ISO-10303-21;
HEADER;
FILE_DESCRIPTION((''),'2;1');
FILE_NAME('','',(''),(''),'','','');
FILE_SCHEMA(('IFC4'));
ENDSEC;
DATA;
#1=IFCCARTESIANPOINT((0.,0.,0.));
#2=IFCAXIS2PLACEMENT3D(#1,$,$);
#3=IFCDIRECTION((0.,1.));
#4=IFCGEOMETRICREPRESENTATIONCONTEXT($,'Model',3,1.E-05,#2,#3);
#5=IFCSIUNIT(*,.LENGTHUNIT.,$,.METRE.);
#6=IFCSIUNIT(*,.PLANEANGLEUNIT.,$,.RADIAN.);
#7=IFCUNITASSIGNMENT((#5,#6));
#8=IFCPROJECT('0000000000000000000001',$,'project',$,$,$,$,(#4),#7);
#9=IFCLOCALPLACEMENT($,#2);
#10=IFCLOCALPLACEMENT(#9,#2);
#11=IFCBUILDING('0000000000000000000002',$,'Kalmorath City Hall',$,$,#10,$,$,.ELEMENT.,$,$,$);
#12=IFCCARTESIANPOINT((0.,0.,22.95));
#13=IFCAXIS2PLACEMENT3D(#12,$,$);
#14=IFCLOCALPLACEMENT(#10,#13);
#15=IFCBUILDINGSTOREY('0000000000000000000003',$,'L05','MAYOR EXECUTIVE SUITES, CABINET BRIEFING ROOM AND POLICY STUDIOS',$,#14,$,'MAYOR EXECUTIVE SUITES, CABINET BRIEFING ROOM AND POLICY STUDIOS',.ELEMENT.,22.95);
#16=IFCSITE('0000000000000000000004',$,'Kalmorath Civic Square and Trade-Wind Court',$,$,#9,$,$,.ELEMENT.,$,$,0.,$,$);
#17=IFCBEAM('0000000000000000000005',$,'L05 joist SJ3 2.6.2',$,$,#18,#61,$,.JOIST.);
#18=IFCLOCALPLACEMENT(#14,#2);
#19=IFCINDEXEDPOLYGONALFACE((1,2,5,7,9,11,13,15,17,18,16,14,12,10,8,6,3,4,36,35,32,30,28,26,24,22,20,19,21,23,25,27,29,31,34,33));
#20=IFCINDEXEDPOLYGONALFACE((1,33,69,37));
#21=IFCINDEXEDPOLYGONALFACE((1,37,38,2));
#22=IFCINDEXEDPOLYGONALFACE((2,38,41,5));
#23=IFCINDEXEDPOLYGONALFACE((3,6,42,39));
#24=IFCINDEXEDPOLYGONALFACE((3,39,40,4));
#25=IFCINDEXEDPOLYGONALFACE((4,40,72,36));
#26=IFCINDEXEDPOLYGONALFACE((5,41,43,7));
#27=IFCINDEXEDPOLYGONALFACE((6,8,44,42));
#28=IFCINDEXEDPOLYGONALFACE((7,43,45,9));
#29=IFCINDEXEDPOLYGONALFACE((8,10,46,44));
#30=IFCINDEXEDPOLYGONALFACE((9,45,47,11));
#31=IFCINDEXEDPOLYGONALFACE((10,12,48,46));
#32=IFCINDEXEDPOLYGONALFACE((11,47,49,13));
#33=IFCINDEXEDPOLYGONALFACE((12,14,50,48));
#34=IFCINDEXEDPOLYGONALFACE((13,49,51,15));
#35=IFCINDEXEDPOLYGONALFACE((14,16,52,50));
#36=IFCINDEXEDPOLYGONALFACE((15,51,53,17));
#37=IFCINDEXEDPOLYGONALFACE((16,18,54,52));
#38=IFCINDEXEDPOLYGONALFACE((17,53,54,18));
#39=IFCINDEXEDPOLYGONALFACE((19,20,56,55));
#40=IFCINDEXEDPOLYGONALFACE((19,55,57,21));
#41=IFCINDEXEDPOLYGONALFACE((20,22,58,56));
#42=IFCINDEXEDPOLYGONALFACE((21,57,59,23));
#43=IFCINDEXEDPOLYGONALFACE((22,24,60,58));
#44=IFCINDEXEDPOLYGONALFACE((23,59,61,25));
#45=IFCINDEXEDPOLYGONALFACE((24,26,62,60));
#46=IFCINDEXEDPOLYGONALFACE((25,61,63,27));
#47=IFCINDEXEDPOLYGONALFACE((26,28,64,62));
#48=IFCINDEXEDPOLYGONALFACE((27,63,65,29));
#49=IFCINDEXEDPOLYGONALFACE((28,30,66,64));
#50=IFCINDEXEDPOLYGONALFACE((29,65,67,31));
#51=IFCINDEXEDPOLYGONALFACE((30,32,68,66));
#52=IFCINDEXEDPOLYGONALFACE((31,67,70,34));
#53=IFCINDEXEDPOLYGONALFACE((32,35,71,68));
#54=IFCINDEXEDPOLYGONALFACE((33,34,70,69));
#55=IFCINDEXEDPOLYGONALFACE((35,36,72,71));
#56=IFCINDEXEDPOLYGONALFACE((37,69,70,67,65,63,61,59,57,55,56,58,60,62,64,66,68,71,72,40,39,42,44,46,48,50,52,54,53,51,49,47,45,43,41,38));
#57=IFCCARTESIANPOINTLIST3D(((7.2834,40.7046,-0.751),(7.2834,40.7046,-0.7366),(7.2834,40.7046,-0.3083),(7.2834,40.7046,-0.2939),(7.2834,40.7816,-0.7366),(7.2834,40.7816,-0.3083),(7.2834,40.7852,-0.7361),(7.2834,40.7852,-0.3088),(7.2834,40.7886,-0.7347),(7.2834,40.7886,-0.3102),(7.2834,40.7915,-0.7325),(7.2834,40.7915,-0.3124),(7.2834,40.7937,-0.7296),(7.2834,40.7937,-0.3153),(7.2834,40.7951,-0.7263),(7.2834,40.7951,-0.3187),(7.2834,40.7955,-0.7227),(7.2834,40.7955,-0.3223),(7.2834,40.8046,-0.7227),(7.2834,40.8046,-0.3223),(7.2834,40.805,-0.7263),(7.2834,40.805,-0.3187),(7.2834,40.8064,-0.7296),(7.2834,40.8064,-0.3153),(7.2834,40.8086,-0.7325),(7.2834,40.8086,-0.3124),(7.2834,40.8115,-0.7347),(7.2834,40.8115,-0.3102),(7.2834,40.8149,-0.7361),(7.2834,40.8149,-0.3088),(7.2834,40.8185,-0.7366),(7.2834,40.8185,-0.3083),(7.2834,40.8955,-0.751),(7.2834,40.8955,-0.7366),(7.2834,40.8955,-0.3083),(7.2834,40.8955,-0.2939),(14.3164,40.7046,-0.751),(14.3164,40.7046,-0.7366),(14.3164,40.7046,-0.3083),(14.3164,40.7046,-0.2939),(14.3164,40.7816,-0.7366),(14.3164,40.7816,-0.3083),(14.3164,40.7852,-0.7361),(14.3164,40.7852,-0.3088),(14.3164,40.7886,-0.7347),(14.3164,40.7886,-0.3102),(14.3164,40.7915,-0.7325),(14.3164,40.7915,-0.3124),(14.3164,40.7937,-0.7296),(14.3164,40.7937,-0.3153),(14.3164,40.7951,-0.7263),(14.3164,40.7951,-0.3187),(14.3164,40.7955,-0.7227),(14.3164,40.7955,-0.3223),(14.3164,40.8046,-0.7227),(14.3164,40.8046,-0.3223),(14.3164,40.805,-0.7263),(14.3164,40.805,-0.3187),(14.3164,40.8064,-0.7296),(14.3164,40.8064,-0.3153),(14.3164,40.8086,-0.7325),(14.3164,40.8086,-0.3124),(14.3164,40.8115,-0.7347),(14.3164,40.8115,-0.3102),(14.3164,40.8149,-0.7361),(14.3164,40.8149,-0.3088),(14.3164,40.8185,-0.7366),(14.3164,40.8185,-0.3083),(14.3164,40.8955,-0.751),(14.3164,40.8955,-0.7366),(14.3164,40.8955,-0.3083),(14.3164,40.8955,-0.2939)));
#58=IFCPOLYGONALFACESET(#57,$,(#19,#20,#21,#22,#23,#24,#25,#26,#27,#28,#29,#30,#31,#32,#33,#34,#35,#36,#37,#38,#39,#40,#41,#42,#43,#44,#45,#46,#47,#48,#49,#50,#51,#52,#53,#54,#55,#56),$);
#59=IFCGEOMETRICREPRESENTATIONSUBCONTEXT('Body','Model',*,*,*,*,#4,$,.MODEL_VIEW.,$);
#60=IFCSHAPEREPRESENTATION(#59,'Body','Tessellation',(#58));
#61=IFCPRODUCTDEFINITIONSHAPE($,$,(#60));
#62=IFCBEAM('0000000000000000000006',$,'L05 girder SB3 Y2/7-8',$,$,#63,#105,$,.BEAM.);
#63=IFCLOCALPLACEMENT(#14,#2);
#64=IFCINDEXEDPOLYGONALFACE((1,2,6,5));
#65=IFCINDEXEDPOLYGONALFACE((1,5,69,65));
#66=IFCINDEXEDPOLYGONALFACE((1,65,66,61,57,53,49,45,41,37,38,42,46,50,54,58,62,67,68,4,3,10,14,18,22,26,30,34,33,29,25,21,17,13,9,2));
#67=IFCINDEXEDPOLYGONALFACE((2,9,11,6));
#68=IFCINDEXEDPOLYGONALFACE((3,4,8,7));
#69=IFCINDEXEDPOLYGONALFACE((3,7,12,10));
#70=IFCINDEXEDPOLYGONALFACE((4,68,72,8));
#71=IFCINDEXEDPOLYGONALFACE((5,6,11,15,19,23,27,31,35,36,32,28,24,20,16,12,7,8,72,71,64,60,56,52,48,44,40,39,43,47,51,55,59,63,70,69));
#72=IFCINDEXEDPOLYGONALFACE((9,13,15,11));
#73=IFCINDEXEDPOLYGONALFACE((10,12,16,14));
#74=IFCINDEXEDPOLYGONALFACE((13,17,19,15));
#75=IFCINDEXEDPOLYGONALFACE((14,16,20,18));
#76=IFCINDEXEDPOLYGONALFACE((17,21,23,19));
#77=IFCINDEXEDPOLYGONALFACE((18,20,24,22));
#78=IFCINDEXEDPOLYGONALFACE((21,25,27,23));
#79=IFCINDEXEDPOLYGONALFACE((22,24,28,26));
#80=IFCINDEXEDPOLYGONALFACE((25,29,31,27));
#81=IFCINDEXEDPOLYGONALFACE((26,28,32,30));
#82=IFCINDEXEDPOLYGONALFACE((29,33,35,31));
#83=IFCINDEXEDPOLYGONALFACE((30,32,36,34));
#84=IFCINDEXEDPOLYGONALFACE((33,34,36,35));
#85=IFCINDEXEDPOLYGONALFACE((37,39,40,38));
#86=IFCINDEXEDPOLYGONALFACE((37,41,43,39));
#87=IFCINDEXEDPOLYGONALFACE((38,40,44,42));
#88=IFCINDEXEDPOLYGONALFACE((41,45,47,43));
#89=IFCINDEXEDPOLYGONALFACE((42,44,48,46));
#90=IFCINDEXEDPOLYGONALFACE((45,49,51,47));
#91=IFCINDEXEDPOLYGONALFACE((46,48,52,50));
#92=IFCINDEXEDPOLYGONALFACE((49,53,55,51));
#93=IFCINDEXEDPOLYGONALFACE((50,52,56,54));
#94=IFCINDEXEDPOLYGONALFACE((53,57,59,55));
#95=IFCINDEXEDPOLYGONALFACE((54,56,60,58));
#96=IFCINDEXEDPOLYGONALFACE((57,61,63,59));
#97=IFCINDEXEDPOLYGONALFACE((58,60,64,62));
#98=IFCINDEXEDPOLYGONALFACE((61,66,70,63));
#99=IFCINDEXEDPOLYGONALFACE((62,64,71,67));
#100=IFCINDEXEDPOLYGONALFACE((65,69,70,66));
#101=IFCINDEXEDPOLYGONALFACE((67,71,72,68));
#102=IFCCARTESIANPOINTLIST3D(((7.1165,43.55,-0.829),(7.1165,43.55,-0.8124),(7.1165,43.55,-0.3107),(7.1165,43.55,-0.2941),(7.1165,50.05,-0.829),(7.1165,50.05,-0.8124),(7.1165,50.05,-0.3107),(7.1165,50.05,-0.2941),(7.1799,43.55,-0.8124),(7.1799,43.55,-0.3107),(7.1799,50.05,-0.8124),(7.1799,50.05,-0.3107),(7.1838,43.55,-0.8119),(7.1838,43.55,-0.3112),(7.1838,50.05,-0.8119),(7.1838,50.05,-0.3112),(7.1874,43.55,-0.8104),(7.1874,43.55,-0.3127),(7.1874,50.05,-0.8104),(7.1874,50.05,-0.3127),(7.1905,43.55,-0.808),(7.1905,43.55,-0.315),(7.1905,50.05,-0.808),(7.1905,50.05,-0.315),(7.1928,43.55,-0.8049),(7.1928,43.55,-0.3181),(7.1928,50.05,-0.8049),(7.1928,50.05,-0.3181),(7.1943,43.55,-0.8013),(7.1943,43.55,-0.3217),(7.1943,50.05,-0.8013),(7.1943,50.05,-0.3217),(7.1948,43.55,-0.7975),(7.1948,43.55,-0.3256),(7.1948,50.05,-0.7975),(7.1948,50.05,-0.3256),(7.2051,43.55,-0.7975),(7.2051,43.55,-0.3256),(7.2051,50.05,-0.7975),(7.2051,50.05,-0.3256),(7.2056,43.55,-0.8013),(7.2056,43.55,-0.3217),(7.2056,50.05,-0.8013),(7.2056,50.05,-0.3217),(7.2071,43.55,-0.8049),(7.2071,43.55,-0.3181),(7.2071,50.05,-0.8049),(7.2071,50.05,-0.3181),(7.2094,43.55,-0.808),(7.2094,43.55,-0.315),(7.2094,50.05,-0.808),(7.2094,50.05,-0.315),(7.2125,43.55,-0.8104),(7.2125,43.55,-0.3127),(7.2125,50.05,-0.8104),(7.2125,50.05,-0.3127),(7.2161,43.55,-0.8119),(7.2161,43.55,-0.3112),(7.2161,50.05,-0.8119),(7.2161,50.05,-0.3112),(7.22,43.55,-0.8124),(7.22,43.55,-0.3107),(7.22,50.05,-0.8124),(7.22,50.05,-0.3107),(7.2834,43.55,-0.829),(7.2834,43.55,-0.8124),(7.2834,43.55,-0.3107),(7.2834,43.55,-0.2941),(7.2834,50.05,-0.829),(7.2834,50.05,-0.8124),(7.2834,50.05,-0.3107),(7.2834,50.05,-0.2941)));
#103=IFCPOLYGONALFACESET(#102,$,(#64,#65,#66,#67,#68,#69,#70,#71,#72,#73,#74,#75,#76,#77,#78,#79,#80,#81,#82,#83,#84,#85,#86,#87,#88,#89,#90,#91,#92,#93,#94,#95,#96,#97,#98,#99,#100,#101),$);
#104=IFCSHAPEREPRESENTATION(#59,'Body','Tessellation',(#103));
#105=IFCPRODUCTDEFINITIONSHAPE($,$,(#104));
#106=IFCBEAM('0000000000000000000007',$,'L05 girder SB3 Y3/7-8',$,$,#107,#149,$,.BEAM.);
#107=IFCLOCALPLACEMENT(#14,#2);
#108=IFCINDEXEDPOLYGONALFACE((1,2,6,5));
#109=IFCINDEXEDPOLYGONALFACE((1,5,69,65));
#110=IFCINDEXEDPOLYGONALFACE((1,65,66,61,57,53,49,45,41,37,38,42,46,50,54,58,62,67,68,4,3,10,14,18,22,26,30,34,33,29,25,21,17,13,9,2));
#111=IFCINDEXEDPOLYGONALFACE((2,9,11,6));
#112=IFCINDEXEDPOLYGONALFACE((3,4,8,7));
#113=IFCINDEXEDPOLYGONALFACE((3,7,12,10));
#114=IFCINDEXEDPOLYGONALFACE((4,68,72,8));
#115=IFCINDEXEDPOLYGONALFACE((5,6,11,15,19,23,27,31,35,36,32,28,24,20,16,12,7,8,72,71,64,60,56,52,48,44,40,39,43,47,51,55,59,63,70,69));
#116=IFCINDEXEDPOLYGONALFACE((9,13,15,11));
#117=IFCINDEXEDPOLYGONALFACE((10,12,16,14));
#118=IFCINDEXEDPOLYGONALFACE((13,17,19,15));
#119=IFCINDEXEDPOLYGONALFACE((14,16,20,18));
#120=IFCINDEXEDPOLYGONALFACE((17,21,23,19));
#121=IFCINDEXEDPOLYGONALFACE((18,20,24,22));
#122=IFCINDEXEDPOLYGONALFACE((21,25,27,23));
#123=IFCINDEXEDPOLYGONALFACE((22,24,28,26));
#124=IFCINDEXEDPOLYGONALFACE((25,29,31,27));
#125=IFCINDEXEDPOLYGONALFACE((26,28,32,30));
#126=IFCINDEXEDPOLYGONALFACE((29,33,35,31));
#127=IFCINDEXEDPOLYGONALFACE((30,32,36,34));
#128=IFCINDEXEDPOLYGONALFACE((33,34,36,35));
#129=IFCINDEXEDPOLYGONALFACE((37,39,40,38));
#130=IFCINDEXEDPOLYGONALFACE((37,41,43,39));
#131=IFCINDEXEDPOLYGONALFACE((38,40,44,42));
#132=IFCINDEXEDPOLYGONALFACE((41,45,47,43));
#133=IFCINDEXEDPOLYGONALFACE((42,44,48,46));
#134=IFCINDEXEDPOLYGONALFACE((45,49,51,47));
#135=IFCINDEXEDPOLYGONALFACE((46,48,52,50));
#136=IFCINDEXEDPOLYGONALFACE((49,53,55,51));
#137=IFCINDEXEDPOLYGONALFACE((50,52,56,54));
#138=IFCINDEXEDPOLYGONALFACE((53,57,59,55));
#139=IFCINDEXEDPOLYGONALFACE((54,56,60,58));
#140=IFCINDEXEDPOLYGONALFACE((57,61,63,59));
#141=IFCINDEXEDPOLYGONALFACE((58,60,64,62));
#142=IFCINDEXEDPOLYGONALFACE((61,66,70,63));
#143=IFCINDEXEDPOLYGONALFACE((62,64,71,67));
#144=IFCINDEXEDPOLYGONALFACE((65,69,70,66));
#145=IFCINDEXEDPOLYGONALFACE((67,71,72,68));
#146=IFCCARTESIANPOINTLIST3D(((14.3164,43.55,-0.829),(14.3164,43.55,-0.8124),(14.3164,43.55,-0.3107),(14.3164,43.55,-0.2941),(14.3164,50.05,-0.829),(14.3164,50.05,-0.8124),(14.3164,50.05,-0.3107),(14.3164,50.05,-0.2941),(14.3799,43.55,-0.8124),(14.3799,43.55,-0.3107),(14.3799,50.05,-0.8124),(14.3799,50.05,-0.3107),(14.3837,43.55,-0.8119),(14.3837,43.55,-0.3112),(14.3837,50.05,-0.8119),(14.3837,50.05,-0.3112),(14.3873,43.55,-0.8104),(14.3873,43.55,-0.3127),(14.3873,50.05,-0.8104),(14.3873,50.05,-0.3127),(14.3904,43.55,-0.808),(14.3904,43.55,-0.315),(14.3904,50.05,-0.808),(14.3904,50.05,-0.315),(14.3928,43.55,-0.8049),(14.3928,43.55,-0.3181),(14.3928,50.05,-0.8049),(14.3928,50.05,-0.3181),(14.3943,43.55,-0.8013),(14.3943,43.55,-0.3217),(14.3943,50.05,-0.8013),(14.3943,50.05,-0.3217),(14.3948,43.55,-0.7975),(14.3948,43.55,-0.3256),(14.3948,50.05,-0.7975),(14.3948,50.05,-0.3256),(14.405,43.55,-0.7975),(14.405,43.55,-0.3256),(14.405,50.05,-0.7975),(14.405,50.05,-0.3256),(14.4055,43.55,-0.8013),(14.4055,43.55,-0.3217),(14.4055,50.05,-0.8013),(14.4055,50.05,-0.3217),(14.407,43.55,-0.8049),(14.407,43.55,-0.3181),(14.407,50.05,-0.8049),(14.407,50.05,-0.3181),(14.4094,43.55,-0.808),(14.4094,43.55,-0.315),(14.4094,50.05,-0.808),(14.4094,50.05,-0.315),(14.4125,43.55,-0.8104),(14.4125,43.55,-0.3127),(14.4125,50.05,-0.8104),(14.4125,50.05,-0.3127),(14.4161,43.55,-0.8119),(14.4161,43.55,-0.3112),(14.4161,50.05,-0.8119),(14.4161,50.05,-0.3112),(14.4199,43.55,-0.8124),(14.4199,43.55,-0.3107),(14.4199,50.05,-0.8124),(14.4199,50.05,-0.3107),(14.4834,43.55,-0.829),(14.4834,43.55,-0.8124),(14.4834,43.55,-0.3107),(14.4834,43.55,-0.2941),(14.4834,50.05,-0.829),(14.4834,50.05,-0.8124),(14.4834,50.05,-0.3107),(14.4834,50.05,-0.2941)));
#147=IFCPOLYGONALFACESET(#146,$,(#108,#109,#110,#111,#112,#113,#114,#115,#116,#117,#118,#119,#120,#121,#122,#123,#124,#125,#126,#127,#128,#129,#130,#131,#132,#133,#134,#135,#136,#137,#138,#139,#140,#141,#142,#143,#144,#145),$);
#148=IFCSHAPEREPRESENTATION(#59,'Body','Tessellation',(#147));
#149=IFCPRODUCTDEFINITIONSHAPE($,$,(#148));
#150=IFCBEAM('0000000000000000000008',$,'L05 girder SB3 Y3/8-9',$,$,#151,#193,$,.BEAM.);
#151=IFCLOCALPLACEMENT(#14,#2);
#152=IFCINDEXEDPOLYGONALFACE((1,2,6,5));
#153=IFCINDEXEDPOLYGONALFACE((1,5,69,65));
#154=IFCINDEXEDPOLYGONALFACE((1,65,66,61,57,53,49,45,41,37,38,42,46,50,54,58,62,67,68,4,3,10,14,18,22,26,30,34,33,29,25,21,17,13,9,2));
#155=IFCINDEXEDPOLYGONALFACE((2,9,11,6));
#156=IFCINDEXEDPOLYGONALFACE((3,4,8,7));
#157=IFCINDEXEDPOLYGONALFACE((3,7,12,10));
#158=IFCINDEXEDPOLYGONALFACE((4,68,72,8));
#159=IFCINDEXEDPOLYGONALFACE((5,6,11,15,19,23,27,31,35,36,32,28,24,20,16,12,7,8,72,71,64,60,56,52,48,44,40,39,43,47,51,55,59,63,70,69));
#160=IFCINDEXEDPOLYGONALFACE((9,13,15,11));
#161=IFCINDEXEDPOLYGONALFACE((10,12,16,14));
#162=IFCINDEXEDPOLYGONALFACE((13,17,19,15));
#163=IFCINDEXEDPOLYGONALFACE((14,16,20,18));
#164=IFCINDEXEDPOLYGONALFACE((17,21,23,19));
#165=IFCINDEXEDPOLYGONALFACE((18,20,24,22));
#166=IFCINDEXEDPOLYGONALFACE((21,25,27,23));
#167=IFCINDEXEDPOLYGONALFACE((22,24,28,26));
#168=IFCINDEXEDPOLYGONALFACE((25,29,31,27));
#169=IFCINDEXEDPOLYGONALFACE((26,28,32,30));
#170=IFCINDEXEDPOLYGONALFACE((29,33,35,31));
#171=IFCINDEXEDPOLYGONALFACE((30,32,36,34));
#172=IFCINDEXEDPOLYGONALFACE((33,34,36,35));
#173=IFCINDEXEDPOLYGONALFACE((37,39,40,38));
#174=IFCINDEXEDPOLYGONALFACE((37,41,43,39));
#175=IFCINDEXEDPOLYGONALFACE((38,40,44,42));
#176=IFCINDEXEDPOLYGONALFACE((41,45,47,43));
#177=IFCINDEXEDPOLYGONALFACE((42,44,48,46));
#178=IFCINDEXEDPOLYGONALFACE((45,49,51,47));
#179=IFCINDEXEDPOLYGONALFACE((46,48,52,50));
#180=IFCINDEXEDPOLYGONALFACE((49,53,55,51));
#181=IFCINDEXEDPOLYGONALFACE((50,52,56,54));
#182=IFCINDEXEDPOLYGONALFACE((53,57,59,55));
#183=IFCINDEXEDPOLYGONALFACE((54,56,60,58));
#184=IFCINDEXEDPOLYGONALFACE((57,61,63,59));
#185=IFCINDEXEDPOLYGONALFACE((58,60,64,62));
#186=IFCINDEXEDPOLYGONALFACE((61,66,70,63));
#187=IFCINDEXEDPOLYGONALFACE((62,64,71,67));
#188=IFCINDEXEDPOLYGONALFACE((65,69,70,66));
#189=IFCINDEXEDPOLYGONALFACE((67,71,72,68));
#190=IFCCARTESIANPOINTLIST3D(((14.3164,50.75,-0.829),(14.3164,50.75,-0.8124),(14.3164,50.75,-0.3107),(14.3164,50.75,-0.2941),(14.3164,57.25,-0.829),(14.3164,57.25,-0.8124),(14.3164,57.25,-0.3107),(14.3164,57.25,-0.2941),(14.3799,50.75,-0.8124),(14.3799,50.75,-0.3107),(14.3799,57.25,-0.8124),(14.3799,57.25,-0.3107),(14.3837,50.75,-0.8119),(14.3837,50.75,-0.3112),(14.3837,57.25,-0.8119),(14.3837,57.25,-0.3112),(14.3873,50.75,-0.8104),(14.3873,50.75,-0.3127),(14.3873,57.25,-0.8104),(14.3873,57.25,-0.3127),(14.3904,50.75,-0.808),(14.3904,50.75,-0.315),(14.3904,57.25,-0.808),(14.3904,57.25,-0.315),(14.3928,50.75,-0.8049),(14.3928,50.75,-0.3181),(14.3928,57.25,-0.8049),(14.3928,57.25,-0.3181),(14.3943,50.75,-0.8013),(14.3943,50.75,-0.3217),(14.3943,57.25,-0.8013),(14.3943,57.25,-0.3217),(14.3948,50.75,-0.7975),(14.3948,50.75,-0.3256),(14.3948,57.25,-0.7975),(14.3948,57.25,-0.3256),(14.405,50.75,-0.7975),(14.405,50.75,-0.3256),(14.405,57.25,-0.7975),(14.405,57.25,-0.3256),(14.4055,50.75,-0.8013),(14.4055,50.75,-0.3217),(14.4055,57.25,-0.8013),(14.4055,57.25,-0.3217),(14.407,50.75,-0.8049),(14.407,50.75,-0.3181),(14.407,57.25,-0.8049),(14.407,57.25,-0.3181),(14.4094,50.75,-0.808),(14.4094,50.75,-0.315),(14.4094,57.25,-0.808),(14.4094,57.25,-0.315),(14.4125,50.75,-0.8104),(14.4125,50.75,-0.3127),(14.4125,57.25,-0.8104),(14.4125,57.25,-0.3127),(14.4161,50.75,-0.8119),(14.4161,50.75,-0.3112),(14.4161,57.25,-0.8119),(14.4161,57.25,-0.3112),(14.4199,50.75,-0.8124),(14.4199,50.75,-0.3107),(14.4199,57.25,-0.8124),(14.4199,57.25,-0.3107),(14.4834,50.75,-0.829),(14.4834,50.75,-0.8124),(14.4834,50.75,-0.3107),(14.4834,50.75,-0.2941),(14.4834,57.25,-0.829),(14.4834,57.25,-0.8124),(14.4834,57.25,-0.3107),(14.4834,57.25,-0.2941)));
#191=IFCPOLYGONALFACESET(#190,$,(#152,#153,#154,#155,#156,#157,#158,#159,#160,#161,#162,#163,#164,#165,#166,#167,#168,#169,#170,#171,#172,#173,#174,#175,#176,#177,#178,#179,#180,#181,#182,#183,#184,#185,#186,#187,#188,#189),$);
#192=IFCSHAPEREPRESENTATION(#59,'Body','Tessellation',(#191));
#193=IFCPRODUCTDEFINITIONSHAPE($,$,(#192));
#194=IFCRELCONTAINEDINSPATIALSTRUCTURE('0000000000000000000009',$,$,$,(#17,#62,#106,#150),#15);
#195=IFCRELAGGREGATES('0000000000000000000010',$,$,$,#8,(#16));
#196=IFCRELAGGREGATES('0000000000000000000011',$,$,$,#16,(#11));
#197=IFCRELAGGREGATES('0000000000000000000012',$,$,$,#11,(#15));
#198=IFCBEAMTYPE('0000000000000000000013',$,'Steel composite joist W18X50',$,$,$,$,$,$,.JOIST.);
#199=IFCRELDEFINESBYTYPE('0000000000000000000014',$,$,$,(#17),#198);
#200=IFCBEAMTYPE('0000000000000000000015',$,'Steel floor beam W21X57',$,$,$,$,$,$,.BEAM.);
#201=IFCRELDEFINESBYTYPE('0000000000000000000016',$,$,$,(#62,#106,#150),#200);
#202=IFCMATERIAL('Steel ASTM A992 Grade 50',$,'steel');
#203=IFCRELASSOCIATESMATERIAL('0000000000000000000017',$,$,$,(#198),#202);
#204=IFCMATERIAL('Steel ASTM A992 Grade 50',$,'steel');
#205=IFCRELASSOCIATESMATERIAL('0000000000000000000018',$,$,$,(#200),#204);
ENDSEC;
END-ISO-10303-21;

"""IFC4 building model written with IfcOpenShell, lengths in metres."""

from ifc_helpers import new_model, si_unit, direction, frame, origin, origin_2d, place, context, subcontext, project, spatial, i_section, extrude, material, material_profile, profile_set, type_object, element, save


model = new_model("IFC4")

# Units and contexts
model_context = context("Model", 3, precision=1e-05, world=origin(), true_north=direction((0.0, 1.0)))
body_context = subcontext(model_context, "Body", "Model", "MODEL_VIEW")
ifc_project = project(units=[si_unit("LENGTHUNIT", "METRE"), si_unit("PLANEANGLEUNIT", "RADIAN")], contexts=[model_context])

# Site, building, storey
site_placement = place(None, origin())
site = spatial("IfcSite", under=ifc_project, at=site_placement, Name="Kalmorath Civic Square and Trade-Wind Court", CompositionType="ELEMENT", RefElevation=0.0)
building_placement = place(site_placement, origin())
building = spatial("IfcBuilding", under=site, at=building_placement, Name="Kalmorath City Hall", CompositionType="ELEMENT")
storey_placement = place(building_placement, frame((0.0, 0.0, 22.95)))
storey = spatial("IfcBuildingStorey", under=building, at=storey_placement, Name="L05", Description="MAYOR EXECUTIVE SUITES, CABINET BRIEFING ROOM AND POLICY STUDIOS", LongName="MAYOR EXECUTIVE SUITES, CABINET BRIEFING ROOM AND POLICY STUDIOS", CompositionType="ELEMENT", Elevation=22.95)

# Beams
ifc_material_1 = material(Name="Steel ASTM A992 Grade 50", Category="steel")
ifc_material_profile_1 = material_profile(ifc_material_1, i_section(OverallWidth=0.1909, OverallDepth=0.457, WebThickness=0.009, FlangeThickness=0.0144, FilletRadius=0.0139, at=origin_2d()), Name="W18X50")
ifc_profile_set_1 = profile_set([ifc_material_profile_1], Name="Steel ASTM A992 Grade 50")
beam_type_1 = type_object("IfcBeamType", Name="Steel composite joist W18X50", PredefinedType="JOIST", material=ifc_profile_set_1)
beam_1_placement = place(storey_placement, frame((7.2834, 40.8, -0.5225), z_axis=(1.0, 0.0, 0.0), x_axis=(0.0, 1.0, 0.0)))
element("IfcBeam", 1, at=beam_1_placement, inside=storey, type_object=beam_type_1, Name="L05 joist SJ3 2.6.2", PredefinedType="JOIST", context=body_context, shape_type="SweptSolid", body=[
    extrude(i_section(OverallWidth=0.1909, OverallDepth=0.457, WebThickness=0.009, FlangeThickness=0.0144, FilletRadius=0.0139, at=origin_2d()), origin(), (0.0, 0.0, 1.0), 7.033),
])
ifc_material_2 = material(Name="Steel ASTM A992 Grade 50", Category="steel")
ifc_material_profile_2 = material_profile(ifc_material_2, i_section(OverallWidth=0.167, OverallDepth=0.5349, WebThickness=0.0103, FlangeThickness=0.0166, FilletRadius=0.0149, at=origin_2d()), Name="W21X57")
ifc_profile_set_2 = profile_set([ifc_material_profile_2], Name="Steel ASTM A992 Grade 50")
beam_type_2 = type_object("IfcBeamType", Name="Steel floor beam W21X57", PredefinedType="BEAM", material=ifc_profile_set_2)
for number, where, z_axis, x_axis, name in (
    (2, (7.2, 43.55, -0.5615), (0.0, 1.0, 0.0), (-1.0, 0.0, 0.0), "L05 girder SB3 Y2/7-8"),
    (3, (14.3999, 43.55, -0.5615), (0.0, 1.0, 0.0), (-1.0, 0.0, 0.0), "L05 girder SB3 Y3/7-8"),
    (4, (14.3999, 50.75, -0.5615), (0.0, 1.0, 0.0), (-1.0, 0.0, 0.0), "L05 girder SB3 Y3/8-9"),
):
    element("IfcBeam", number, at=place(storey_placement, frame(where, z_axis=z_axis, x_axis=x_axis)), inside=storey, type_object=beam_type_2, Name=name, PredefinedType="BEAM", context=body_context, shape_type="SweptSolid", body=[
        extrude(i_section(OverallWidth=0.167, OverallDepth=0.5349, WebThickness=0.0103, FlangeThickness=0.0166, FilletRadius=0.0149, at=origin_2d()), origin(), (0.0, 0.0, 1.0), 6.5),
    ])

save(model, "model.ifc")
